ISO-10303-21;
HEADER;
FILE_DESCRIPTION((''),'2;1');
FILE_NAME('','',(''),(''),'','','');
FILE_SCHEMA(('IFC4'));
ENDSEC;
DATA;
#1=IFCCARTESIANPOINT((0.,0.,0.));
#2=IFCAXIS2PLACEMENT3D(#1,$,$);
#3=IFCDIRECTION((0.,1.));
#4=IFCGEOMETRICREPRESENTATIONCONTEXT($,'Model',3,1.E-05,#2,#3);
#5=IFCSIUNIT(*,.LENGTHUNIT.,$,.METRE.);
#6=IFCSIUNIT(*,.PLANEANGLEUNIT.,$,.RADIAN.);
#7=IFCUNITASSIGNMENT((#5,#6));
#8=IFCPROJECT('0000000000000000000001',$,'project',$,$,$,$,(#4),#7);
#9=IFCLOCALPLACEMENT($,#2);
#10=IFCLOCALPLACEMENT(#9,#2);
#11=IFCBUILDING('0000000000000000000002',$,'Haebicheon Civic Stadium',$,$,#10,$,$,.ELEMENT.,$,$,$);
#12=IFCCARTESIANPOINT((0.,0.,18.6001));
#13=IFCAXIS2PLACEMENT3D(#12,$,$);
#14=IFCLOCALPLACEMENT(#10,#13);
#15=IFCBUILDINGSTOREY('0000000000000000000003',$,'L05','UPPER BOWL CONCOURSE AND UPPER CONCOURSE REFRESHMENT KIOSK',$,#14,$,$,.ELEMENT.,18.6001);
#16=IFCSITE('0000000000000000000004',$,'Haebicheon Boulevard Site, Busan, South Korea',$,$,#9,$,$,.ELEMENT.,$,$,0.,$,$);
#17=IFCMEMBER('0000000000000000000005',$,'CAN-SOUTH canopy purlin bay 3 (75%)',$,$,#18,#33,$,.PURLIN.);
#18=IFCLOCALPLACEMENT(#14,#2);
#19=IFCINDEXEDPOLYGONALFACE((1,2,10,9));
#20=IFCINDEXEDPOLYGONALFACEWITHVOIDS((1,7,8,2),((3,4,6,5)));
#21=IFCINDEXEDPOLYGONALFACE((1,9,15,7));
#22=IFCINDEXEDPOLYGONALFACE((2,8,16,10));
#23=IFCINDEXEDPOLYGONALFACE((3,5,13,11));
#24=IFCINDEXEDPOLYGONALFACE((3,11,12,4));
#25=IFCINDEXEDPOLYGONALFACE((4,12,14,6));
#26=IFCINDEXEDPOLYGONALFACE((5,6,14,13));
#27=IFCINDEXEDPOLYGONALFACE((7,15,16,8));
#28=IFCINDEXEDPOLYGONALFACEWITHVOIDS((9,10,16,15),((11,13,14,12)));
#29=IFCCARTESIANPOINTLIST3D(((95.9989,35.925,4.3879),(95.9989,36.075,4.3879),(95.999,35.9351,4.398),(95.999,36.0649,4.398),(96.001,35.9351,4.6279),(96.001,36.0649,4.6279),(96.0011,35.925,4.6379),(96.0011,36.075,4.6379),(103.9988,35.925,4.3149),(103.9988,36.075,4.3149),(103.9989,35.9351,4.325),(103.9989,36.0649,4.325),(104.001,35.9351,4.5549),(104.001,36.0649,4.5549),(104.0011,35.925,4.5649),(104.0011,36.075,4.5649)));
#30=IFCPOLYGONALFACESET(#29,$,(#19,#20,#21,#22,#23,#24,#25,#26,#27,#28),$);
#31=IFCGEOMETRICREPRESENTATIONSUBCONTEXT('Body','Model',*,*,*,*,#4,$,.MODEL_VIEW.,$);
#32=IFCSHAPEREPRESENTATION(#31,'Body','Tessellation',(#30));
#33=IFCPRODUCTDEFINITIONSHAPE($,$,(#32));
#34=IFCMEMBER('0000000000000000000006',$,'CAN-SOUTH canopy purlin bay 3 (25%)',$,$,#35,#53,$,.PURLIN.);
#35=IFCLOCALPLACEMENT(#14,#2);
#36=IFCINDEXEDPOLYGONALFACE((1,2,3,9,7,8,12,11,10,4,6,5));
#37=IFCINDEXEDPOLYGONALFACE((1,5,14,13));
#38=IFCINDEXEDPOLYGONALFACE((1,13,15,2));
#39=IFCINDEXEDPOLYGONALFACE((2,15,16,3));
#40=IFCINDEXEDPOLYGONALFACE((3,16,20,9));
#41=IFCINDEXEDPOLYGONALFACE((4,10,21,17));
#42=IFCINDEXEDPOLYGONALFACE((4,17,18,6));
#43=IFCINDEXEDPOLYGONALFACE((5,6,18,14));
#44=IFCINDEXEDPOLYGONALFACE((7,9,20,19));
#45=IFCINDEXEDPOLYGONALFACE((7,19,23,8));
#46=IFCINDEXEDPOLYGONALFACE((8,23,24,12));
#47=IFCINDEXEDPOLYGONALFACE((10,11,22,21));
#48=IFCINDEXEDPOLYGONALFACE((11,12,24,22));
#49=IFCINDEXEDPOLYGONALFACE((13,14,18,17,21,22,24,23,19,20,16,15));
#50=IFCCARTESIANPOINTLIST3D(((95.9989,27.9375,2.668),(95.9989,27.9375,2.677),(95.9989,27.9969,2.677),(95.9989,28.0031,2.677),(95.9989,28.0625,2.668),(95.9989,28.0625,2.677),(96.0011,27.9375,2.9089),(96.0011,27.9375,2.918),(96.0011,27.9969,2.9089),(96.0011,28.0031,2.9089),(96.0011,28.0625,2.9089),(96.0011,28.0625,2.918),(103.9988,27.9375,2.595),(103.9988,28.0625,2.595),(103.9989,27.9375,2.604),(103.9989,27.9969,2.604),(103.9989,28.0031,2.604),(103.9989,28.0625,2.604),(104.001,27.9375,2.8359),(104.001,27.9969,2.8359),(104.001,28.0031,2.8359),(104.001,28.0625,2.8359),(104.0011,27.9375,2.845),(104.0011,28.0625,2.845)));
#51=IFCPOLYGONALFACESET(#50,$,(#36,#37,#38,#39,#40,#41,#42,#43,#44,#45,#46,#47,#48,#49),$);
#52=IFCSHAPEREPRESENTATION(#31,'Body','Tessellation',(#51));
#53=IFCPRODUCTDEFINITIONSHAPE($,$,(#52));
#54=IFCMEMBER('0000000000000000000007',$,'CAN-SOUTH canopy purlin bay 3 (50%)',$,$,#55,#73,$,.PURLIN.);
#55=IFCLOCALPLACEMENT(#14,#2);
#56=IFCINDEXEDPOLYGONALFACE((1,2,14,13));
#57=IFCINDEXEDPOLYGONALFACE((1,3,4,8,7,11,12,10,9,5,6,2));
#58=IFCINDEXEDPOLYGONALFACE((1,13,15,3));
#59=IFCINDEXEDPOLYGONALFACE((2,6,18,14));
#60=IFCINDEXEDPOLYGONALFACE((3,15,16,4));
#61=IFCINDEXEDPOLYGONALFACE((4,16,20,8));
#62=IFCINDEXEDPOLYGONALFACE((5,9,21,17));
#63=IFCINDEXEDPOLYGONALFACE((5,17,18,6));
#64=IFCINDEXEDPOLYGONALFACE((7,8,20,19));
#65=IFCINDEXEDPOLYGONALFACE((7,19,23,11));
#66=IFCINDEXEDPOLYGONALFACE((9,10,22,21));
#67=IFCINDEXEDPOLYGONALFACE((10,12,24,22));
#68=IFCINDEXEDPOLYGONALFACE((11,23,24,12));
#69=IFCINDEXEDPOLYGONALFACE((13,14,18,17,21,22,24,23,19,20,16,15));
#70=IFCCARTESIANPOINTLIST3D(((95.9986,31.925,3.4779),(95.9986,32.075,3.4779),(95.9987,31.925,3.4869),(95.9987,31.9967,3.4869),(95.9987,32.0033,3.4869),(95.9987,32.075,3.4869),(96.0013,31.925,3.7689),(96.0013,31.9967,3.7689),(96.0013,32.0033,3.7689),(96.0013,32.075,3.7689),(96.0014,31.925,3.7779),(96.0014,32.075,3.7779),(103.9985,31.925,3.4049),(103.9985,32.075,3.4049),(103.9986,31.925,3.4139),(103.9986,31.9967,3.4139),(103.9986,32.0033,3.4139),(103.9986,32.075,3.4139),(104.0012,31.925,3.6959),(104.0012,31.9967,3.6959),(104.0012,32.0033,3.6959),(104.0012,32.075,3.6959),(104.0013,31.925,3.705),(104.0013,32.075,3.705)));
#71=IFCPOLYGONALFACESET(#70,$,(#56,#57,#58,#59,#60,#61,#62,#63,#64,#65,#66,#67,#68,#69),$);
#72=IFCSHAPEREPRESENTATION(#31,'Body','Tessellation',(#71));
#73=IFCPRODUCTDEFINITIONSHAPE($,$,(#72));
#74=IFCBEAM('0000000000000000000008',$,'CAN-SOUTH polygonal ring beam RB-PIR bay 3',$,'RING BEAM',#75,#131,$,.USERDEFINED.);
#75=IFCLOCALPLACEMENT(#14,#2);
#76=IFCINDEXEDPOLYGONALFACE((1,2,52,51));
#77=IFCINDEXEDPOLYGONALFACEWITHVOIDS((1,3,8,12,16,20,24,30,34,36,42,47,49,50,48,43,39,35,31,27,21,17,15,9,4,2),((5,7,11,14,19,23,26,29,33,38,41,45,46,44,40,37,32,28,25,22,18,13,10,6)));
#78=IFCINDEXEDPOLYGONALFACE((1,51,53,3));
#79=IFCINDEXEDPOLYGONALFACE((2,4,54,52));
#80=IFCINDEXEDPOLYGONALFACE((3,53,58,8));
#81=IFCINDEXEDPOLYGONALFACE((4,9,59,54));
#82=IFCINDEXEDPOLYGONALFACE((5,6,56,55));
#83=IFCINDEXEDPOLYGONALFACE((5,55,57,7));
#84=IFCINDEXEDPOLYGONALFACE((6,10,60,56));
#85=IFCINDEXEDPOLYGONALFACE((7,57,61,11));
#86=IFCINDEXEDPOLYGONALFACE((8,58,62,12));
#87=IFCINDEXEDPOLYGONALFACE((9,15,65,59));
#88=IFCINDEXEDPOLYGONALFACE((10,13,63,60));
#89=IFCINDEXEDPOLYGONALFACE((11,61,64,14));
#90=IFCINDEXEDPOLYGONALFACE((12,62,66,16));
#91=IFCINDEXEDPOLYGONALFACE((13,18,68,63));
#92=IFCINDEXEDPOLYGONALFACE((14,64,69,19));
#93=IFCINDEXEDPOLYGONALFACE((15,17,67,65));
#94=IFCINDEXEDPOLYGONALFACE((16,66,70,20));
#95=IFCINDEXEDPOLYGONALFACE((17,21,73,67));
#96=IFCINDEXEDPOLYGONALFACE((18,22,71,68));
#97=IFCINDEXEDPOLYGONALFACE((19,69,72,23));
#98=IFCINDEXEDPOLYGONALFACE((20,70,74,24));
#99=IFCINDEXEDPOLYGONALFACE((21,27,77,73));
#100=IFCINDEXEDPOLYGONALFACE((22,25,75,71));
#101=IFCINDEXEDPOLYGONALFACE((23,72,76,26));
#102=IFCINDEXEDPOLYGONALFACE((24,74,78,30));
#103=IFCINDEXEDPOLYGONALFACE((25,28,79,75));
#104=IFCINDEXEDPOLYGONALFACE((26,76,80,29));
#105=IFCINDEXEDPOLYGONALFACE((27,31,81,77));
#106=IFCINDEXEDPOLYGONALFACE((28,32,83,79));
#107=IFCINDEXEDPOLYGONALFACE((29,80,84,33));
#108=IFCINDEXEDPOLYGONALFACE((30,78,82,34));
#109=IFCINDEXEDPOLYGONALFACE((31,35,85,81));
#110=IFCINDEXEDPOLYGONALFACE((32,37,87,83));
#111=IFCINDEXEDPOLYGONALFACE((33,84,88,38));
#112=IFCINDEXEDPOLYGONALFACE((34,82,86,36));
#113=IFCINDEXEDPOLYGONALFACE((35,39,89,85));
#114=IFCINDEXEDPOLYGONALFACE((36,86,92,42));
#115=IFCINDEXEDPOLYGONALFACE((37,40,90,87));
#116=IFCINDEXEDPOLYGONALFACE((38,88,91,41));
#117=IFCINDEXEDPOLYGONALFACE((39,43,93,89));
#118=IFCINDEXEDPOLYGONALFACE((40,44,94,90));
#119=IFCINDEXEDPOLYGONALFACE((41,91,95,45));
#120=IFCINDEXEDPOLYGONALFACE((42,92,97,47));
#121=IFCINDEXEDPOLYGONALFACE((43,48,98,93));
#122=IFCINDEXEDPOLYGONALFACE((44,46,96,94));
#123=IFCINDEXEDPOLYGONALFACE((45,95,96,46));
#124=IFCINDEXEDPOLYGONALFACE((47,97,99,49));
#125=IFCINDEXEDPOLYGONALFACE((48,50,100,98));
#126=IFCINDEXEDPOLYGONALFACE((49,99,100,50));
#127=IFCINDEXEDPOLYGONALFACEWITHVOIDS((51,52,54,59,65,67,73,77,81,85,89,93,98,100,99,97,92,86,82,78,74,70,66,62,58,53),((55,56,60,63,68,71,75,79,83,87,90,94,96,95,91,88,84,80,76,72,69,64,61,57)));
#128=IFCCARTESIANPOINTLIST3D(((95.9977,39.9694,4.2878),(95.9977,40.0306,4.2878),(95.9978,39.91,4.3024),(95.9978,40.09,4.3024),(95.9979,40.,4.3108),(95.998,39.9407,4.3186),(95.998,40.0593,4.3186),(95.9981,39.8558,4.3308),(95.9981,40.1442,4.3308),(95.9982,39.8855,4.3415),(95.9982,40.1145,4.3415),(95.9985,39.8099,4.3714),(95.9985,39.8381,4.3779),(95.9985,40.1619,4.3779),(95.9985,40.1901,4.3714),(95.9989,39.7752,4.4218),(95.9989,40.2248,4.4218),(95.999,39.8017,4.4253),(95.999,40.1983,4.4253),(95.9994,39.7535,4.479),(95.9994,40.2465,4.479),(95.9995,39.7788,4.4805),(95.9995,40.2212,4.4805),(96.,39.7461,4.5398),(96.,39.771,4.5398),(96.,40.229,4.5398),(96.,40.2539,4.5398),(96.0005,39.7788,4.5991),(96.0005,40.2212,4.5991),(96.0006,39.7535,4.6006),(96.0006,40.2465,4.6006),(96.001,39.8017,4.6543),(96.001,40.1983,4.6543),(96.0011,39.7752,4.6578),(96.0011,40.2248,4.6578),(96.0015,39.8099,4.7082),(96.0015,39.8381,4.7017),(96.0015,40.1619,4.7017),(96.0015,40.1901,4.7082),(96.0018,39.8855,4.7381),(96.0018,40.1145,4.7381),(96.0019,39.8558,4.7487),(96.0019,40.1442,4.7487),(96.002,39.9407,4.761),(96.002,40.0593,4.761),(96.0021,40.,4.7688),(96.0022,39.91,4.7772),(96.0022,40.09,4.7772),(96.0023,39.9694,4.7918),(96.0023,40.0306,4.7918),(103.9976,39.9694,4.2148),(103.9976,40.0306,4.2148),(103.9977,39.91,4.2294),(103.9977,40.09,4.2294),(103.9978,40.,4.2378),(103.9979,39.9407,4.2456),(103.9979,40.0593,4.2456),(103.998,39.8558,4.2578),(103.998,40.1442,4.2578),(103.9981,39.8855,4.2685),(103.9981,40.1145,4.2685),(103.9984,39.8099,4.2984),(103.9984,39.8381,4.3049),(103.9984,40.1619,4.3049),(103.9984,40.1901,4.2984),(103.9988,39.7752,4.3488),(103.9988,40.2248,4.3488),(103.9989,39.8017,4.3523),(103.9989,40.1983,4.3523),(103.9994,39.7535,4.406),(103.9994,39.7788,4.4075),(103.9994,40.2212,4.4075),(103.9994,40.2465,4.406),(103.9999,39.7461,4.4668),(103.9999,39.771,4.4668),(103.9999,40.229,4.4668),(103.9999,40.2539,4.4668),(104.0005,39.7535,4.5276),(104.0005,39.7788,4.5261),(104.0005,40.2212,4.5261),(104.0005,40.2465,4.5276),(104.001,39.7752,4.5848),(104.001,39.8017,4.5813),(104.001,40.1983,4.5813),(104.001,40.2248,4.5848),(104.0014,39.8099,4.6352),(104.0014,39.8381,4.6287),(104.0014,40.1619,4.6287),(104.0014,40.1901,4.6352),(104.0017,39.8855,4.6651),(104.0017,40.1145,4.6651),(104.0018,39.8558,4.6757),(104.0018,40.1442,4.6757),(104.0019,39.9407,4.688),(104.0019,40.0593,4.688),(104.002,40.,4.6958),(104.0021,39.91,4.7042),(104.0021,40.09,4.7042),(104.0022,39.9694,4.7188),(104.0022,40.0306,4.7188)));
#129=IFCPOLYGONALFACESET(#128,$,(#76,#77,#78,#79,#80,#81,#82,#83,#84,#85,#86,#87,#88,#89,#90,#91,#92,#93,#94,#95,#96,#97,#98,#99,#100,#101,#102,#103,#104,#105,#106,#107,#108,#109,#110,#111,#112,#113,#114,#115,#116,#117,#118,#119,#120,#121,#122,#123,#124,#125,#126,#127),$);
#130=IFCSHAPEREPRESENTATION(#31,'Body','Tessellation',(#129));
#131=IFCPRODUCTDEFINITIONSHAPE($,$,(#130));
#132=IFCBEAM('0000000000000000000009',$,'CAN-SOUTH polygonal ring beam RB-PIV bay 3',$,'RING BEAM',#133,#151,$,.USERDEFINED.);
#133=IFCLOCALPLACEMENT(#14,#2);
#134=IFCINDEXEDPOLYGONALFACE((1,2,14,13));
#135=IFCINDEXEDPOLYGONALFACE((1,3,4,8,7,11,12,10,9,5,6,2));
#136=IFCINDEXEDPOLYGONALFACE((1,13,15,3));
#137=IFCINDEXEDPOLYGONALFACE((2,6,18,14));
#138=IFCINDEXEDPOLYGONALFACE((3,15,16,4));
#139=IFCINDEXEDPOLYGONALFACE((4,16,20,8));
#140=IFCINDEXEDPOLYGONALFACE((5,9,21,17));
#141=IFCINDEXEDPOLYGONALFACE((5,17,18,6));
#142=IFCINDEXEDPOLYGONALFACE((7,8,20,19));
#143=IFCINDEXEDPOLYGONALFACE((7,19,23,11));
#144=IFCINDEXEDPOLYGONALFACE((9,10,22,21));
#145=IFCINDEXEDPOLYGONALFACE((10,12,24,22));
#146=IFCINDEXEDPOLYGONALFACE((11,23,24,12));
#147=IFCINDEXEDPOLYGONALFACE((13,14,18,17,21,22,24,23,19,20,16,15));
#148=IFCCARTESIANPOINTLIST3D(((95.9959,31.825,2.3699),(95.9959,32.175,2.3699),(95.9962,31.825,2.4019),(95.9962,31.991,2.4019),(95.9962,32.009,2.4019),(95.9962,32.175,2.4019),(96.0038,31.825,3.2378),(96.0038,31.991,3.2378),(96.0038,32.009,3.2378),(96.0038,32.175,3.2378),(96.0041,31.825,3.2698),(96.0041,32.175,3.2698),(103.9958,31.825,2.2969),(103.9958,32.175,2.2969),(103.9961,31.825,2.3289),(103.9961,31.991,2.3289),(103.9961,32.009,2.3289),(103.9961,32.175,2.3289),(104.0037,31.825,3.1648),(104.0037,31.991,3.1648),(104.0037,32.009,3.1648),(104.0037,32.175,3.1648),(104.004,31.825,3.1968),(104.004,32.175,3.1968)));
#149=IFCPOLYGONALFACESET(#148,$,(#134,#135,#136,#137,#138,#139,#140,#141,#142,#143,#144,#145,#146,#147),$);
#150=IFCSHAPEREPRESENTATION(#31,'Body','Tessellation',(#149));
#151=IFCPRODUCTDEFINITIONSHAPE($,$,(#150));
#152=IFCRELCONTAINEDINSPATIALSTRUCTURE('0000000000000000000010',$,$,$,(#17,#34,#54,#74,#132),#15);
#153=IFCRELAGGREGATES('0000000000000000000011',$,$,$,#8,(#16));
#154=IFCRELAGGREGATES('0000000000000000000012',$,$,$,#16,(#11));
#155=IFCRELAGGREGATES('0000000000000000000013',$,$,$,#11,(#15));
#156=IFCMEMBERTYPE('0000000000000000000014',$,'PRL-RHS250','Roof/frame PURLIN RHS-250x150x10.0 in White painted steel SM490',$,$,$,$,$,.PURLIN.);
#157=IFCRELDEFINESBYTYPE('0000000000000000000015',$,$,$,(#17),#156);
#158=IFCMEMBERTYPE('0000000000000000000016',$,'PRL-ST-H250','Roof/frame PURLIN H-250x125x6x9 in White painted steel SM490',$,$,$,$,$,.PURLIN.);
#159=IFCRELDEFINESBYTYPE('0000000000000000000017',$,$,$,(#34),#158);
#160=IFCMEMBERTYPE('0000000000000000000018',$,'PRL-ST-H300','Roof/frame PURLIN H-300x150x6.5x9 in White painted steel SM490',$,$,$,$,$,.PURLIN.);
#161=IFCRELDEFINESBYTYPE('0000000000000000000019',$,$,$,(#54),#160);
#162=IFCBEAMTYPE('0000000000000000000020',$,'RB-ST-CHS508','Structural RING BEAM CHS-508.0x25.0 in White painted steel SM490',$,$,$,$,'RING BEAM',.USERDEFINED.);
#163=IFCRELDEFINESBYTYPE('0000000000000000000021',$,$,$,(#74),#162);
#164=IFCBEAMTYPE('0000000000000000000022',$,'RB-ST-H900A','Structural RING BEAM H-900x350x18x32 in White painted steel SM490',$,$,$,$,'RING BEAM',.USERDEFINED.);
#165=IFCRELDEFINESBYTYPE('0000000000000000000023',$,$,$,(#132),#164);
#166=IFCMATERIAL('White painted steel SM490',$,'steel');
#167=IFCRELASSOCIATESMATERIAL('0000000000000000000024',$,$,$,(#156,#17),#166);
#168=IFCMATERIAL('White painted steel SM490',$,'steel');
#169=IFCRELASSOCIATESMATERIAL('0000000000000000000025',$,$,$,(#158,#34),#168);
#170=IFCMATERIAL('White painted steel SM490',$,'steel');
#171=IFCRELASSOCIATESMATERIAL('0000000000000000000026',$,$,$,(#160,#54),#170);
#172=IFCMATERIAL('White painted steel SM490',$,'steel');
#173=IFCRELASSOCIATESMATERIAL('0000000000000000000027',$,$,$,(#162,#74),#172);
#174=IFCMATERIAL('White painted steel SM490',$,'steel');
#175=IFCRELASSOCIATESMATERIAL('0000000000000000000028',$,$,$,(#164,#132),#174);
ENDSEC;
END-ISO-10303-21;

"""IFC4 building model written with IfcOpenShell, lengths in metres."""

from ifc_helpers import new_model, si_unit, direction, frame, origin, origin_2d, place, context, subcontext, project, spatial, hollow_rectangle, hollow_circle, i_section, extrude, material, material_profile, profile_set, type_object, element, save


model = new_model("IFC4")

# Units and contexts
model_context = context("Model", 3, precision=1e-05, world=origin(), true_north=direction((0.0, 1.0)))
body_context = subcontext(model_context, "Body", "Model", "MODEL_VIEW")
ifc_project = project(units=[si_unit("LENGTHUNIT", "METRE"), si_unit("PLANEANGLEUNIT", "RADIAN")], contexts=[model_context])

# Site, building, storey
site_placement = place(None, origin())
site = spatial("IfcSite", under=ifc_project, at=site_placement, Name="Haebicheon Boulevard Site, Busan, South Korea", CompositionType="ELEMENT", RefElevation=0.0)
building_placement = place(site_placement, origin())
building = spatial("IfcBuilding", under=site, at=building_placement, Name="Haebicheon Civic Stadium", CompositionType="ELEMENT")
storey_placement = place(building_placement, frame((0.0, 0.0, 18.6001)))
storey = spatial("IfcBuildingStorey", under=building, at=storey_placement, Name="L05", Description="UPPER BOWL CONCOURSE AND UPPER CONCOURSE REFRESHMENT KIOSK", CompositionType="ELEMENT", Elevation=18.6001)

# Members
ifc_material_1 = material(Name="White painted steel SM490", Category="steel")
ifc_material_profile_1 = material_profile(ifc_material_1, hollow_rectangle(XDim=0.1499, YDim=0.25, WallThickness=0.01, at=origin_2d()), Name="RHS-250x150x10.0")
ifc_profile_set_1 = profile_set([ifc_material_profile_1], Name="White painted steel SM490")
member_type_1 = type_object("IfcMemberType", Name="PRL-RHS250", Description="Roof/frame PURLIN RHS-250x150x10.0 in White painted steel SM490", PredefinedType="PURLIN", material=ifc_profile_set_1)
member_1_placement = place(storey_placement, frame((96.0, 36.0, 4.5129), z_axis=(0.999958, 0.0, -0.009124), x_axis=(0.0, 1.0, 0.0)))
element("IfcMember", 1, at=member_1_placement, inside=storey, type_object=member_type_1, material=ifc_profile_set_1, Name="CAN-SOUTH canopy purlin bay 3 (75%)", PredefinedType="PURLIN", context=body_context, shape_type="SweptSolid", body=[
    extrude(hollow_rectangle(XDim=0.1499, YDim=0.25, WallThickness=0.01, at=origin_2d()), origin(), (0.0, 0.0, 1.0), 8.0002),
])
ifc_material_2 = material(Name="White painted steel SM490", Category="steel")
ifc_material_profile_2 = material_profile(ifc_material_2, i_section(OverallWidth=0.125, OverallDepth=0.25, WebThickness=0.0061, FlangeThickness=0.009, at=origin_2d()), Name="H-250x125x6x9")
ifc_profile_set_2 = profile_set([ifc_material_profile_2], Name="White painted steel SM490")
member_type_2 = type_object("IfcMemberType", Name="PRL-ST-H250", Description="Roof/frame PURLIN H-250x125x6x9 in White painted steel SM490", PredefinedType="PURLIN", material=ifc_profile_set_2)
member_2_placement = place(storey_placement, frame((96.0, 28.0, 2.793), z_axis=(0.999958, 0.0, -0.009124), x_axis=(0.0, 1.0, 0.0)))
element("IfcMember", 2, at=member_2_placement, inside=storey, type_object=member_type_2, material=ifc_profile_set_2, Name="CAN-SOUTH canopy purlin bay 3 (25%)", PredefinedType="PURLIN", context=body_context, shape_type="SweptSolid", body=[
    extrude(i_section(OverallWidth=0.125, OverallDepth=0.25, WebThickness=0.0061, FlangeThickness=0.009, at=origin_2d()), origin(), (0.0, 0.0, 1.0), 8.0002),
])
ifc_material_3 = material(Name="White painted steel SM490", Category="steel")
ifc_material_profile_3 = material_profile(ifc_material_3, i_section(OverallWidth=0.1499, OverallDepth=0.3, WebThickness=0.0066, FlangeThickness=0.009, at=origin_2d()), Name="H-300x150x6.5x9")
ifc_profile_set_3 = profile_set([ifc_material_profile_3], Name="White painted steel SM490")
member_type_3 = type_object("IfcMemberType", Name="PRL-ST-H300", Description="Roof/frame PURLIN H-300x150x6.5x9 in White painted steel SM490", PredefinedType="PURLIN", material=ifc_profile_set_3)
member_3_placement = place(storey_placement, frame((96.0, 32.0, 3.6279), z_axis=(0.999958, 0.0, -0.009124), x_axis=(0.0, 1.0, 0.0)))
element("IfcMember", 3, at=member_3_placement, inside=storey, type_object=member_type_3, material=ifc_profile_set_3, Name="CAN-SOUTH canopy purlin bay 3 (50%)", PredefinedType="PURLIN", context=body_context, shape_type="SweptSolid", body=[
    extrude(i_section(OverallWidth=0.1499, OverallDepth=0.3, WebThickness=0.0066, FlangeThickness=0.009, at=origin_2d()), origin(), (0.0, 0.0, 1.0), 8.0002),
])

# Beams
ifc_material_4 = material(Name="White painted steel SM490", Category="steel")
ifc_material_profile_4 = material_profile(ifc_material_4, hollow_circle(Radius=0.2539, WallThickness=0.0249, at=origin_2d()), Name="CHS-508.0x25.0")
ifc_profile_set_4 = profile_set([ifc_material_profile_4], Name="White painted steel SM490")
beam_type_1 = type_object("IfcBeamType", Name="RB-ST-CHS508", Description="Structural RING BEAM CHS-508.0x25.0 in White painted steel SM490", ElementType="RING BEAM", PredefinedType="USERDEFINED", material=ifc_profile_set_4)
beam_1_placement = place(storey_placement, frame((96.0, 40.0, 4.5398), z_axis=(0.999958, 0.0, -0.009124), x_axis=(0.0, 1.0, 0.0)))
element("IfcBeam", 4, at=beam_1_placement, inside=storey, type_object=beam_type_1, material=ifc_profile_set_4, Name="CAN-SOUTH polygonal ring beam RB-PIR bay 3", ObjectType="RING BEAM", PredefinedType="USERDEFINED", context=body_context, shape_type="SweptSolid", body=[
    extrude(hollow_circle(Radius=0.2539, WallThickness=0.0249, at=origin_2d()), origin(), (0.0, 0.0, 1.0), 8.0002),
])
ifc_material_5 = material(Name="White painted steel SM490", Category="steel")
ifc_material_profile_5 = material_profile(ifc_material_5, i_section(OverallWidth=0.3501, OverallDepth=0.8999, WebThickness=0.0181, FlangeThickness=0.032, at=origin_2d()), Name="H-900x350x18x32")
ifc_profile_set_5 = profile_set([ifc_material_profile_5], Name="White painted steel SM490")
beam_type_2 = type_object("IfcBeamType", Name="RB-ST-H900A", Description="Structural RING BEAM H-900x350x18x32 in White painted steel SM490", ElementType="RING BEAM", PredefinedType="USERDEFINED", material=ifc_profile_set_5)
beam_2_placement = place(storey_placement, frame((96.0, 32.0, 2.8198), z_axis=(0.999958, 0.0, -0.009124), x_axis=(0.0, 1.0, 0.0)))
element("IfcBeam", 5, at=beam_2_placement, inside=storey, type_object=beam_type_2, material=ifc_profile_set_5, Name="CAN-SOUTH polygonal ring beam RB-PIV bay 3", ObjectType="RING BEAM", PredefinedType="USERDEFINED", context=body_context, shape_type="SweptSolid", body=[
    extrude(i_section(OverallWidth=0.3501, OverallDepth=0.8999, WebThickness=0.0181, FlangeThickness=0.032, at=origin_2d()), origin(), (0.0, 0.0, 1.0), 8.0002),
])

save(model, "model.ifc")
